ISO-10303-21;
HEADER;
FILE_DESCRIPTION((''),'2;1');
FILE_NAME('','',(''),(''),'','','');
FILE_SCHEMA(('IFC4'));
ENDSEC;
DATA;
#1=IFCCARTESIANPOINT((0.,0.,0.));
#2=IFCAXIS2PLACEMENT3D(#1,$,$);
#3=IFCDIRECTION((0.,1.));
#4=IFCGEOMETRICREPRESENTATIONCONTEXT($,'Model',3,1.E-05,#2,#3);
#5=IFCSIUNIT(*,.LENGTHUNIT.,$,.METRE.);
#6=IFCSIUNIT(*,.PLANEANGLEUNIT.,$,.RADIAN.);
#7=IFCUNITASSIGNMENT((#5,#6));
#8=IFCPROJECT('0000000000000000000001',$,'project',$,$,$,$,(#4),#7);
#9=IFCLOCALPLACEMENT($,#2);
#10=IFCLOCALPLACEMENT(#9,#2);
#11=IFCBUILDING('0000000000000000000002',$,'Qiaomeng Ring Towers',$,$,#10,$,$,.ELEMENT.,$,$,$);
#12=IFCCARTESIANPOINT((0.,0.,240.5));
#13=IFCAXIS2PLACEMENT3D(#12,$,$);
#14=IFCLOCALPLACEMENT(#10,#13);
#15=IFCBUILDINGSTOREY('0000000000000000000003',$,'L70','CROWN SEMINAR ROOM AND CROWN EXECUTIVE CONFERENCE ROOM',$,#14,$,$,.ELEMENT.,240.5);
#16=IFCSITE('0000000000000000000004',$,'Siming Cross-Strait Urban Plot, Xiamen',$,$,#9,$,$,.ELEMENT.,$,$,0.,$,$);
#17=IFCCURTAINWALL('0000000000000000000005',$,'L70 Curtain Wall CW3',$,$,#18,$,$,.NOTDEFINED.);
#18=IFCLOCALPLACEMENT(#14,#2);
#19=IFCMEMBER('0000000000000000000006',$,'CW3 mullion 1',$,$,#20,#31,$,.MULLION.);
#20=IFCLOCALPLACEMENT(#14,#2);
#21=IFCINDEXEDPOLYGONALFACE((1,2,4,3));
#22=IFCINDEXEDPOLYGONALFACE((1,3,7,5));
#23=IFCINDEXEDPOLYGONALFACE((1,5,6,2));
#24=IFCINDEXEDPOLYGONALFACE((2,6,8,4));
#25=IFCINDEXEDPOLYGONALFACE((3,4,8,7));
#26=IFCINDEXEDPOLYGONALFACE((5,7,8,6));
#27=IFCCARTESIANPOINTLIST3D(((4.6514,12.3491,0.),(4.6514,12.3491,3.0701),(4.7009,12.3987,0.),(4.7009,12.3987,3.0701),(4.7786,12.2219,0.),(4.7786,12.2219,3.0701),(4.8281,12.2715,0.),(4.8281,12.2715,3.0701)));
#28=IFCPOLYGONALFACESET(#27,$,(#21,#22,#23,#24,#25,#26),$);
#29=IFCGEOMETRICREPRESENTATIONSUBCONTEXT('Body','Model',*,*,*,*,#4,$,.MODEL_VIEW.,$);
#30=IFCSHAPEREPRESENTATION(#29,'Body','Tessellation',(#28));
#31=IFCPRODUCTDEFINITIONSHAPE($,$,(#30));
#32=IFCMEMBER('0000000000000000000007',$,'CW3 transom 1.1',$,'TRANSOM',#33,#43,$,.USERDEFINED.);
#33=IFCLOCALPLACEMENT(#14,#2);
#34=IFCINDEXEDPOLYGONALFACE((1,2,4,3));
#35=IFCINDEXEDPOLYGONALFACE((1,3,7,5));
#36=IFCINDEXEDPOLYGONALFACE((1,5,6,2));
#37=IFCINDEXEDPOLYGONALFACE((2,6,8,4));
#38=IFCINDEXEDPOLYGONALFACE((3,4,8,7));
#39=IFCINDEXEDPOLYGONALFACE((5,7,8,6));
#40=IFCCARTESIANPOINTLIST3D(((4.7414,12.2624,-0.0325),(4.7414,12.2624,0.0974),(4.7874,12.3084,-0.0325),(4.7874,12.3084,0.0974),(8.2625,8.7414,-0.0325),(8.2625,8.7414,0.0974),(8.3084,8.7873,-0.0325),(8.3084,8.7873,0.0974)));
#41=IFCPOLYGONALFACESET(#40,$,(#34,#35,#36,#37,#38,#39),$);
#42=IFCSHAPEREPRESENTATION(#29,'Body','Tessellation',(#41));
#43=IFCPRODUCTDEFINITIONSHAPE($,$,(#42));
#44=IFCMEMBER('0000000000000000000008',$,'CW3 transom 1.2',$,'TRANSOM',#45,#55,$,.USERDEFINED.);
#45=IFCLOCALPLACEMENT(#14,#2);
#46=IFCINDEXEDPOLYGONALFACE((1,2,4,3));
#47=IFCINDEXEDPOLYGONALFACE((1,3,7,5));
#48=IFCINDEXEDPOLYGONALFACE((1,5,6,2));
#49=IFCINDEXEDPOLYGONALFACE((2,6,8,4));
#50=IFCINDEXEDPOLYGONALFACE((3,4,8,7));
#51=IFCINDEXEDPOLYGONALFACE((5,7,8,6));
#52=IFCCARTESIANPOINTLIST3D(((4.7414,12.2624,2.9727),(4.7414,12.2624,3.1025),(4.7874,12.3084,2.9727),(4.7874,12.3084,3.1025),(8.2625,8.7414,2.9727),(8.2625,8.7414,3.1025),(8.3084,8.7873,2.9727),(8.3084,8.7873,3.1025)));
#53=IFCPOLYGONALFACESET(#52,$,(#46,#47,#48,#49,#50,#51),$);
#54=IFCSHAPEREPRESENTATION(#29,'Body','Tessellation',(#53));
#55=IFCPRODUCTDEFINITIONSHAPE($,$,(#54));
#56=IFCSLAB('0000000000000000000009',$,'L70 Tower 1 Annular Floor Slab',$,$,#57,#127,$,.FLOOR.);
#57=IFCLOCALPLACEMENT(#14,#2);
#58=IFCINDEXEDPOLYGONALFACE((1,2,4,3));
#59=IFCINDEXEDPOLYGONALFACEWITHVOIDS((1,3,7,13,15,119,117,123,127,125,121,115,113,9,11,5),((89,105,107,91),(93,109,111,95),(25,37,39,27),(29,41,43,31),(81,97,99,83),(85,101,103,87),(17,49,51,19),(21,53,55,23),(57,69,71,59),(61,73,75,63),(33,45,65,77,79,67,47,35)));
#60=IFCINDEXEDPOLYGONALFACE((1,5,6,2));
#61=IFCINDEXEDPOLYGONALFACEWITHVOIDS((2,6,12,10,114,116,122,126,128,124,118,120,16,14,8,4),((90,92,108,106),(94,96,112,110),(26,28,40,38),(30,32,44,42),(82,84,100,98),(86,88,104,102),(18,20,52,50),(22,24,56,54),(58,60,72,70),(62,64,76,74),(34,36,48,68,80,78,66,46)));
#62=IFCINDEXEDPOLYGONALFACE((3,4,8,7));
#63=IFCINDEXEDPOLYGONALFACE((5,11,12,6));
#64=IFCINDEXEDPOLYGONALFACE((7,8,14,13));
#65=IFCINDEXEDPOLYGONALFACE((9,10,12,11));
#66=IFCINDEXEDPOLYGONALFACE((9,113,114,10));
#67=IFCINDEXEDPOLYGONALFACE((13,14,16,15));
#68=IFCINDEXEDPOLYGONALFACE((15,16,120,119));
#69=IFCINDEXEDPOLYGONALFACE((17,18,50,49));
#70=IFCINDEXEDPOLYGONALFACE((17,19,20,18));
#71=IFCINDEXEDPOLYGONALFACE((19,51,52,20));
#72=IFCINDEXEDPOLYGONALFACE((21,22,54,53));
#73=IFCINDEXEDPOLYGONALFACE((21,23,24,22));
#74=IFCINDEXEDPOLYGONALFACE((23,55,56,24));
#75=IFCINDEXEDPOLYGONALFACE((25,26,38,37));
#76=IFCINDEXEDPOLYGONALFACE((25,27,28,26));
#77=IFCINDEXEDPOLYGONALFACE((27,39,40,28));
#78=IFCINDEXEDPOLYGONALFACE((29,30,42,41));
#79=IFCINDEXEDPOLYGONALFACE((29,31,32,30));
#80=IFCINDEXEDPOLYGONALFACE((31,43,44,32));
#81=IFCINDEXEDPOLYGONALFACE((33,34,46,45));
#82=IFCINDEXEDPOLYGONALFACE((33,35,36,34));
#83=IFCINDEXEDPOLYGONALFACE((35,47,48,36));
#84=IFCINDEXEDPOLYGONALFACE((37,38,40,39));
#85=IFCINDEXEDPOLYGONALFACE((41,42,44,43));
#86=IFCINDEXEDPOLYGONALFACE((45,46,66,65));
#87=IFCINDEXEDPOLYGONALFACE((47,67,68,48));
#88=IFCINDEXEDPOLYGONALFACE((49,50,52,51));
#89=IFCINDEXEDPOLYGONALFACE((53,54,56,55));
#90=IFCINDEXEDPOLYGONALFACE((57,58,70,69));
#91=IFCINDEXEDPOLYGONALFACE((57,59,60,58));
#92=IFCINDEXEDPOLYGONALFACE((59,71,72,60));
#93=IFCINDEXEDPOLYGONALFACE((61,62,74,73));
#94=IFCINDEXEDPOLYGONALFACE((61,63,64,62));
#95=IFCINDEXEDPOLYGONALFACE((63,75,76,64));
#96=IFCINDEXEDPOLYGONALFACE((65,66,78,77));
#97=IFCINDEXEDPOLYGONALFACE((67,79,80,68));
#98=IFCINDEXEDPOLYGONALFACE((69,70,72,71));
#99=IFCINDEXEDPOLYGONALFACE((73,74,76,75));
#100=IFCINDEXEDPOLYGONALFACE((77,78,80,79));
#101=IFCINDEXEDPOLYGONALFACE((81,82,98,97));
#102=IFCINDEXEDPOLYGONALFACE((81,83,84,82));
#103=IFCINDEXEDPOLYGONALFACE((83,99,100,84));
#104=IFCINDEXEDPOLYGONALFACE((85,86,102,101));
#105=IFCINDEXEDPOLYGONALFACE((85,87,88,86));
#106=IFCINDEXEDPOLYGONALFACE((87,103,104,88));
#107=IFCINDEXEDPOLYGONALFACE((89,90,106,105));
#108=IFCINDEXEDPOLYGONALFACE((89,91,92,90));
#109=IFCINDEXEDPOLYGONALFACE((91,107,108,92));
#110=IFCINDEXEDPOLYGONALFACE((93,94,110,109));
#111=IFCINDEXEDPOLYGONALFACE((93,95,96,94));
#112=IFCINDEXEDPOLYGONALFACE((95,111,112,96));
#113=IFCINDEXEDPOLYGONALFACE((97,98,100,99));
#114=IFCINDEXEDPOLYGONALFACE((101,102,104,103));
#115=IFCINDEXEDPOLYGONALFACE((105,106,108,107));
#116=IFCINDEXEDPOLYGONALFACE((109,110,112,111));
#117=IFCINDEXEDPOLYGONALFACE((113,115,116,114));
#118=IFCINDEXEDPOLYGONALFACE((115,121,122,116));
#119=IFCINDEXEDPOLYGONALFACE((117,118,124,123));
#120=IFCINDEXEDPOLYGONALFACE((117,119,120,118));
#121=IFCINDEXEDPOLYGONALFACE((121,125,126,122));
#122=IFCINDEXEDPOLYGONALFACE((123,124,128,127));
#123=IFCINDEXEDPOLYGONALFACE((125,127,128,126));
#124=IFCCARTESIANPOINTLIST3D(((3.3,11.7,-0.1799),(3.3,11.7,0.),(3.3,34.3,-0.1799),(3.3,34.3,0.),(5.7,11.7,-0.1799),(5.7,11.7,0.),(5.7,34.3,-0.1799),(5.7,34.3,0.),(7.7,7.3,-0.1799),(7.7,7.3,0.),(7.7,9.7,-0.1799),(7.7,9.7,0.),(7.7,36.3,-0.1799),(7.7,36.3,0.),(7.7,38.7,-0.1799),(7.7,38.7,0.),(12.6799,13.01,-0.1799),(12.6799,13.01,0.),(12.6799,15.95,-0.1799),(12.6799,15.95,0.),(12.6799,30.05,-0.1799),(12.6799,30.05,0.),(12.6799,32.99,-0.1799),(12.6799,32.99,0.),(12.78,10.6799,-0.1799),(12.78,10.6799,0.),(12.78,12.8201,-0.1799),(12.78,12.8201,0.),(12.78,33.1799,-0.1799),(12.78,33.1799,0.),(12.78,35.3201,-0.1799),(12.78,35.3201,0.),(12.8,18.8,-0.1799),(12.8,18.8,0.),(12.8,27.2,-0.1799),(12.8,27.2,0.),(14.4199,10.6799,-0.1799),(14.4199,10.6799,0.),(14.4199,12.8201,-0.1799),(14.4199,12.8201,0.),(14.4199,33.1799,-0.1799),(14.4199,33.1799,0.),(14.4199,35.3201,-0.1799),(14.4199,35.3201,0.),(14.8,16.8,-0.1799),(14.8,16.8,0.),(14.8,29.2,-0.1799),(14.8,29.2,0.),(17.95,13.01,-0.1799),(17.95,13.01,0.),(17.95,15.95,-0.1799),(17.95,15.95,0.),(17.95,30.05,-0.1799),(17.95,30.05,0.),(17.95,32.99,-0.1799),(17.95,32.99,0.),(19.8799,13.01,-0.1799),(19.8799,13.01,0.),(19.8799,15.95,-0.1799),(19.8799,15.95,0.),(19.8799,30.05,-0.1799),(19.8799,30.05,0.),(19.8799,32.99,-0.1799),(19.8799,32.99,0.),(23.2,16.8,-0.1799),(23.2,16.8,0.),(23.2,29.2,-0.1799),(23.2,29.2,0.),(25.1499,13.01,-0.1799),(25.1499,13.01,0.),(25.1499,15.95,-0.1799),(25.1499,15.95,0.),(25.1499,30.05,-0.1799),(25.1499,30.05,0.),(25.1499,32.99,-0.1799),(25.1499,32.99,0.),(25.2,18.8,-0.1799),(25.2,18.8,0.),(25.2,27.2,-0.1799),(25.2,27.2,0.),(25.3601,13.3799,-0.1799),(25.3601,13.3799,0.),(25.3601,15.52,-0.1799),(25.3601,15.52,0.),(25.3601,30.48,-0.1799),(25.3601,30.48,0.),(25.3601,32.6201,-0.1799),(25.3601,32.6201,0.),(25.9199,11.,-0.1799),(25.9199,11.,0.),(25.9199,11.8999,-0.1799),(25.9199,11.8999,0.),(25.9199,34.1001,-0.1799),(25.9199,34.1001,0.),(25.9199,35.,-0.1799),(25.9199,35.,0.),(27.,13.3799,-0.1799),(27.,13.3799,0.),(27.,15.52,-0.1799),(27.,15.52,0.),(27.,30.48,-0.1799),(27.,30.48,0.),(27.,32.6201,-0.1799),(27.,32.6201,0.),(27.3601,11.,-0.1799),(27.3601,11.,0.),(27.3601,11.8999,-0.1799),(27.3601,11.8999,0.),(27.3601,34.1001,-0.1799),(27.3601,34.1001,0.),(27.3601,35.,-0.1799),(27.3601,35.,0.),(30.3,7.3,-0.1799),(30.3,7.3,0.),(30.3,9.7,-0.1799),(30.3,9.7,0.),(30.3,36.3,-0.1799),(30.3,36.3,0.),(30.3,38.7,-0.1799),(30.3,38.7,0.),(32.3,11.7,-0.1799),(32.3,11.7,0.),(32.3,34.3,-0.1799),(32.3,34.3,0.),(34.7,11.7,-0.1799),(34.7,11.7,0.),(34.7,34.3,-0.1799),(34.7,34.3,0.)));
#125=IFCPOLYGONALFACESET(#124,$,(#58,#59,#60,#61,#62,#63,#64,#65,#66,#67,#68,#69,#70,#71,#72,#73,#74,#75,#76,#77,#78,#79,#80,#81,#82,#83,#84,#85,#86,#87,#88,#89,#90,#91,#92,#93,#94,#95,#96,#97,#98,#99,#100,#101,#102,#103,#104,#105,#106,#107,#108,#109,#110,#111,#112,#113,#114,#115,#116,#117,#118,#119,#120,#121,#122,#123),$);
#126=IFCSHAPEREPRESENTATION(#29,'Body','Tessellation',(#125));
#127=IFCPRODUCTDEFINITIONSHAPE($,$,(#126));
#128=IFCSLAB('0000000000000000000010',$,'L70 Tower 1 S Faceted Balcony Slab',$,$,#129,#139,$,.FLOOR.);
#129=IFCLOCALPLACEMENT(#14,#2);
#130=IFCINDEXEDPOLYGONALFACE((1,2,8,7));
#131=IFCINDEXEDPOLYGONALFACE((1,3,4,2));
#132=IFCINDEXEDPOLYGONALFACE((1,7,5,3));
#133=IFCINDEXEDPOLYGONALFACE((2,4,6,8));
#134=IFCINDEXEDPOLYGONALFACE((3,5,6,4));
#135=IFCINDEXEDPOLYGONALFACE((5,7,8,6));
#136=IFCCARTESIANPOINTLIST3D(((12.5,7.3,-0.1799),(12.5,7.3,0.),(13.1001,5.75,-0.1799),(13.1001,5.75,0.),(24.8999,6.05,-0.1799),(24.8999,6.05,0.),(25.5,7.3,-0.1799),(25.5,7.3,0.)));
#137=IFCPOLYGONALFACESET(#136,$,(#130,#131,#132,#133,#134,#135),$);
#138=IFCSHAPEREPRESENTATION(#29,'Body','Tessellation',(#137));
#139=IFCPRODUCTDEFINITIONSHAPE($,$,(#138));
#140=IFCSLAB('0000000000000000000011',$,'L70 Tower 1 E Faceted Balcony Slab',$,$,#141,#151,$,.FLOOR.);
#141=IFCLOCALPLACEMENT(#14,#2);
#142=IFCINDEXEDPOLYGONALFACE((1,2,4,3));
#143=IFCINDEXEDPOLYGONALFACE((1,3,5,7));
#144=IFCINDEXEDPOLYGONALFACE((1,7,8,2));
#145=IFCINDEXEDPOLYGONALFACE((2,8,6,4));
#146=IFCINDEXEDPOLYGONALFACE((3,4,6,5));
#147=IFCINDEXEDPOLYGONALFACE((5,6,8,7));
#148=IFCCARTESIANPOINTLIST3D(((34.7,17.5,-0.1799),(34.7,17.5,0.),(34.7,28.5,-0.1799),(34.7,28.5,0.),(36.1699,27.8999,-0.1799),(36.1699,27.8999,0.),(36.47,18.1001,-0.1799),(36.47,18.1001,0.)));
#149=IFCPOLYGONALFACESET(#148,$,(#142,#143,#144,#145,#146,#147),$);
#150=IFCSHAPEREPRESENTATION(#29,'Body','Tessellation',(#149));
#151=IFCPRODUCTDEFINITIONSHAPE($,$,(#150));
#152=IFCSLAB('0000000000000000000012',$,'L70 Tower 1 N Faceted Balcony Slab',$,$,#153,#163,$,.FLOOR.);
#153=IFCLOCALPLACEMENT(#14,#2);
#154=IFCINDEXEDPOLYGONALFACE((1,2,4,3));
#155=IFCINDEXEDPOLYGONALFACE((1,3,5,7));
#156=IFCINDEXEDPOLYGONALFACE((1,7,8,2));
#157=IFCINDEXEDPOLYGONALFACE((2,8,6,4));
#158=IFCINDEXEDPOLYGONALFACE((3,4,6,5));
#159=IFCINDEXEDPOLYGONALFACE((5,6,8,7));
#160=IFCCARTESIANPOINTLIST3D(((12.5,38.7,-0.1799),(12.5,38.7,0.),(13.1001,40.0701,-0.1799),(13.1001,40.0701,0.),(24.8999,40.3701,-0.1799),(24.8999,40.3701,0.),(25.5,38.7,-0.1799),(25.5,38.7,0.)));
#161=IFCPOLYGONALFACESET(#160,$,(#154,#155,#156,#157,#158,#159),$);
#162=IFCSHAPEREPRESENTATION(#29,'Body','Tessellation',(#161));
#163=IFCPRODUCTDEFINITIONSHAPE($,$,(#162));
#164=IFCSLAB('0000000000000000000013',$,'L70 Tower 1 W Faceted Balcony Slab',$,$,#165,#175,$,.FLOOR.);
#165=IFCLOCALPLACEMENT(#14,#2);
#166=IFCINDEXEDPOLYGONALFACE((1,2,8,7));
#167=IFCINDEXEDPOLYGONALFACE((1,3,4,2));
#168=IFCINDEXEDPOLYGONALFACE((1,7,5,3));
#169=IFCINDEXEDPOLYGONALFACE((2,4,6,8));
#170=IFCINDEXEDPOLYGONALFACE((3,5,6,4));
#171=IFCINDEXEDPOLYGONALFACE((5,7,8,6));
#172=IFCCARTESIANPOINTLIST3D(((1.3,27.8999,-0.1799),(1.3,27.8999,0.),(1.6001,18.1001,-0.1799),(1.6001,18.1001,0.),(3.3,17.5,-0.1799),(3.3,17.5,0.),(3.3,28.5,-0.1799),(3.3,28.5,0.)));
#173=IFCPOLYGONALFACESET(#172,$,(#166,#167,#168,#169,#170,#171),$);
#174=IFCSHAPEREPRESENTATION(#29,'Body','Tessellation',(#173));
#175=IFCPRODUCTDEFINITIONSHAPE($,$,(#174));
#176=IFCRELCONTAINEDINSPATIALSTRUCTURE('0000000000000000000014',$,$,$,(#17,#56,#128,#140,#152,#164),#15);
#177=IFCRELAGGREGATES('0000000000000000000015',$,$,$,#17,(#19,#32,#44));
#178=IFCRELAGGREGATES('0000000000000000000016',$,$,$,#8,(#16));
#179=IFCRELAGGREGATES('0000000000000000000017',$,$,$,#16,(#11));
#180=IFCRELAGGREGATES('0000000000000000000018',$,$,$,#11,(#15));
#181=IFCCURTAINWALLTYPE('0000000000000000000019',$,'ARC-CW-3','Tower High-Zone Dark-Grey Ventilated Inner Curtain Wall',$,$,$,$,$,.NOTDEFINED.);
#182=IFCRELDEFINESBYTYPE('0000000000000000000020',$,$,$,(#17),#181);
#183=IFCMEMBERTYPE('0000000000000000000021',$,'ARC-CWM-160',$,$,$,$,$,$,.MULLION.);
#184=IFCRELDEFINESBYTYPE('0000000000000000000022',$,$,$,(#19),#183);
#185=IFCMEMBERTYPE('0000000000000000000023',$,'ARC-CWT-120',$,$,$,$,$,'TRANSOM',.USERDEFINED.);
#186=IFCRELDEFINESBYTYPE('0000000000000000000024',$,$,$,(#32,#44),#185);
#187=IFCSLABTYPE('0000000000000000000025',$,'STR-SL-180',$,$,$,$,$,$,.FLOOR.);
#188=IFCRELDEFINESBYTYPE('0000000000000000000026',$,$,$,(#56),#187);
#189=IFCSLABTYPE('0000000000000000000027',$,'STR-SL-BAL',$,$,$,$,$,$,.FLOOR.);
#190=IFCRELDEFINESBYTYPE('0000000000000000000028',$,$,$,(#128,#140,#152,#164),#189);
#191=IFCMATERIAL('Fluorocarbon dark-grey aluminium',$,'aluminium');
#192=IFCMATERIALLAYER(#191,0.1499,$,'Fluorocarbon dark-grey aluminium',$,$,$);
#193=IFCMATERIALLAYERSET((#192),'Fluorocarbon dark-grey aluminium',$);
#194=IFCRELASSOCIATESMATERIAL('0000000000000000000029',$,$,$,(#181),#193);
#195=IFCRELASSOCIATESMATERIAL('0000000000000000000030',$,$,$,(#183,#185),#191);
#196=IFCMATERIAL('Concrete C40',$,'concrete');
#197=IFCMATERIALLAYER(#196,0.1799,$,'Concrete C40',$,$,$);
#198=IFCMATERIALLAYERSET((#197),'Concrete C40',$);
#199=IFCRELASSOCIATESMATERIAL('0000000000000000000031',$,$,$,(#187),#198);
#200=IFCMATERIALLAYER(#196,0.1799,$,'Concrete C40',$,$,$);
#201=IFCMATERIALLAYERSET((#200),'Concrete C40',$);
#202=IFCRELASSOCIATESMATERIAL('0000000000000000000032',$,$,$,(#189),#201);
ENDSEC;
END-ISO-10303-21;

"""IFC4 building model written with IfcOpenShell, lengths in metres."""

from ifc_helpers import new_model, si_unit, direction, frame, origin, origin_2d, place, context, subcontext, project, spatial, polyline, rectangle, outline, extrude, source, transform, mapped, material, layer, layer_set, material_profile, profile_set, type_object, element, aggregate, save


model = new_model("IFC4")

# Units and contexts
model_context = context("Model", 3, precision=1e-05, world=origin(), true_north=direction((0.0, 1.0)))
body_context = subcontext(model_context, "Body", "Model", "MODEL_VIEW")
ifc_project = project(units=[si_unit("LENGTHUNIT", "METRE"), si_unit("PLANEANGLEUNIT", "RADIAN")], contexts=[model_context])

# Site, building, storey
site_placement = place(None, origin())
site = spatial("IfcSite", under=ifc_project, at=site_placement, Name="Siming Cross-Strait Urban Plot, Xiamen", CompositionType="ELEMENT", RefElevation=0.0)
building_placement = place(site_placement, origin())
building = spatial("IfcBuilding", under=site, at=building_placement, Name="Qiaomeng Ring Towers", CompositionType="ELEMENT")
storey_placement = place(building_placement, frame((0.0, 0.0, 240.5)))
storey = spatial("IfcBuildingStorey", under=building, at=storey_placement, Name="L70", Description="CROWN SEMINAR ROOM AND CROWN EXECUTIVE CONFERENCE ROOM", CompositionType="ELEMENT", Elevation=240.5)

# Curtain wall, members
ifc_material_1 = material(Name="Fluorocarbon dark-grey aluminium", Category="aluminium")
ifc_layer_1 = layer(ifc_material_1, 0.1499, Name="Fluorocarbon dark-grey aluminium")
ifc_layer_set_1 = layer_set([ifc_layer_1], Name="Fluorocarbon dark-grey aluminium")
curtain_wall_type = type_object("IfcCurtainWallType", Name="ARC-CW-3", Description="Tower High-Zone Dark-Grey Ventilated Inner Curtain Wall", PredefinedType="NOTDEFINED", material=ifc_layer_set_1)
curtain_wall_placement = place(storey_placement, origin())
curtain_wall = element("IfcCurtainWall", 1, at=curtain_wall_placement, inside=storey, type_object=curtain_wall_type, Name="L70 Curtain Wall CW3", PredefinedType="NOTDEFINED")
ifc_material_profile_1 = material_profile(ifc_material_1, rectangle(XDim=0.0701, YDim=0.1799, at=origin_2d()), Name="ALU MULL 70x180")
ifc_profile_set_1 = profile_set([ifc_material_profile_1], Name="Fluorocarbon dark-grey aluminium")
member_type_1 = type_object("IfcMemberType", Name="ARC-CWM-160", PredefinedType="MULLION", material=ifc_profile_set_1)
shared_shape_1 = source(origin(), body_context, "Body", "SweptSolid", [
    extrude(rectangle(XDim=0.0701, YDim=0.1799, at=origin_2d()), origin(), (0.0, 0.0, 1.0), 3.0701),
])
member_1_placement = place(storey_placement, frame((4.7397, 12.3103, 0.0), z_axis=(0.0, 0.0, 1.0), x_axis=(0.707107, 0.707107, 0.0)))
member_1 = element("IfcMember", 2, at=member_1_placement, type_object=member_type_1, Name="CW3 mullion 1", PredefinedType="MULLION", context=body_context, shape_type="MappedRepresentation", body=[
    mapped(shared_shape_1, transform((0.0, 0.0, 0.0), x_axis=(1.0, 0.0, 0.0), y_axis=(0.0, 1.0, 0.0), z_axis=(0.0, 0.0, 1.0), scale=1.0)),
])
ifc_material_profile_2 = material_profile(ifc_material_1, rectangle(XDim=0.0649, YDim=0.1299, at=origin_2d()), Name="ALU TRAN 65x130")
ifc_profile_set_2 = profile_set([ifc_material_profile_2], Name="Fluorocarbon dark-grey aluminium")
member_type_2 = type_object("IfcMemberType", Name="ARC-CWT-120", ElementType="TRANSOM", PredefinedType="USERDEFINED", material=ifc_profile_set_2)
shared_shape_2 = source(origin(), body_context, "Body", "SweptSolid", [
    extrude(rectangle(XDim=0.0649, YDim=0.1299, at=origin_2d()), origin(), (0.0, 0.0, 1.0), 4.9795),
])
member_2_placement = place(storey_placement, frame((4.7644, 12.2854, 0.0325), z_axis=(0.707107, -0.707107, 0.0), x_axis=(0.707107, 0.707107, 0.0)))
member_2 = element("IfcMember", 3, at=member_2_placement, type_object=member_type_2, Name="CW3 transom 1.1", ObjectType="TRANSOM", PredefinedType="USERDEFINED", context=body_context, shape_type="MappedRepresentation", body=[
    mapped(shared_shape_2, transform((0.0, 0.0, 0.0), x_axis=(1.0, 0.0, 0.0), y_axis=(0.0, 1.0, 0.0), z_axis=(0.0, 0.0, 1.0), scale=1.0)),
])
member_3_placement = place(storey_placement, frame((4.7644, 12.2854, 3.0376), z_axis=(0.707107, -0.707107, 0.0), x_axis=(0.707107, 0.707107, 0.0)))
member_3 = element("IfcMember", 4, at=member_3_placement, type_object=member_type_2, Name="CW3 transom 1.2", ObjectType="TRANSOM", PredefinedType="USERDEFINED", context=body_context, shape_type="MappedRepresentation", body=[
    mapped(shared_shape_2, transform((0.0, 0.0, 0.0), x_axis=(1.0, 0.0, 0.0), y_axis=(0.0, 1.0, 0.0), z_axis=(0.0, 0.0, 1.0), scale=1.0)),
])
aggregate(curtain_wall, [member_1, member_2, member_3])

# Slabs
ifc_material_2 = material(Name="Concrete C40", Category="concrete")
ifc_layer_2 = layer(ifc_material_2, 0.1799, Name="Concrete C40")
ifc_layer_set_2 = layer_set([ifc_layer_2], Name="Concrete C40")
slab_type_1 = type_object("IfcSlabType", Name="STR-SL-180", PredefinedType="FLOOR", material=ifc_layer_set_2)
slab_1_placement = place(storey_placement, frame((0.0, 0.0, -0.1799)))
element("IfcSlab", 5, at=slab_1_placement, inside=storey, type_object=slab_type_1, Name="L70 Tower 1 Annular Floor Slab", PredefinedType="FLOOR", context=body_context, shape_type="SweptSolid", body=[
    extrude(outline(polyline([(7.7, 7.3), (30.3, 7.3), (30.3, 9.7), (32.3, 11.7), (34.7, 11.7), (34.7, 34.3), (32.3, 34.3), (30.3, 36.3), (30.3, 38.7), (7.7, 38.7), (7.7, 36.3), (5.7, 34.3), (3.3, 34.3), (3.3, 11.7), (5.7, 11.7), (7.7, 9.7), (7.7, 7.3)]), holes=[polyline([(12.78, 10.6799), (12.78, 12.8201), (14.4199, 12.8201), (14.4199, 10.6799), (12.78, 10.6799)]), polyline([(12.6799, 13.01), (12.6799, 15.95), (17.95, 15.95), (17.95, 13.01), (12.6799, 13.01)]), polyline([(23.2, 29.2), (25.2, 27.2), (25.2, 18.8), (23.2, 16.8), (14.8, 16.8), (12.8, 18.8), (12.8, 27.2), (14.8, 29.2), (23.2, 29.2)]), polyline([(12.6799, 32.99), (17.95, 32.99), (17.95, 30.05), (12.6799, 30.05), (12.6799, 32.99)]), polyline([(19.8799, 32.99), (25.1499, 32.99), (25.1499, 30.05), (19.8799, 30.05), (19.8799, 32.99)]), polyline([(12.78, 33.1799), (12.78, 35.3201), (14.4199, 35.3201), (14.4199, 33.1799), (12.78, 33.1799)]), polyline([(25.9199, 11.8999), (27.3601, 11.8999), (27.3601, 11.0), (25.9199, 11.0), (25.9199, 11.8999)]), polyline([(25.3601, 15.52), (27.0, 15.52), (27.0, 13.3799), (25.3601, 13.3799), (25.3601, 15.52)]), polyline([(19.8799, 13.01), (19.8799, 15.95), (25.1499, 15.95), (25.1499, 13.01), (19.8799, 13.01)]), polyline([(25.3601, 32.6201), (27.0, 32.6201), (27.0, 30.48), (25.3601, 30.48), (25.3601, 32.6201)]), polyline([(25.9199, 35.0), (27.3601, 35.0), (27.3601, 34.1001), (25.9199, 34.1001), (25.9199, 35.0)])]), origin(), (0.0, 0.0, 1.0), 0.1799),
])
ifc_layer_3 = layer(ifc_material_2, 0.1799, Name="Concrete C40")
ifc_layer_set_3 = layer_set([ifc_layer_3], Name="Concrete C40")
slab_type_2 = type_object("IfcSlabType", Name="STR-SL-BAL", PredefinedType="FLOOR", material=ifc_layer_set_3)
slab_2_placement = place(storey_placement, frame((0.0, 0.0, -0.1799)))
element("IfcSlab", 6, at=slab_2_placement, inside=storey, type_object=slab_type_2, Name="L70 Tower 1 S Faceted Balcony Slab", PredefinedType="FLOOR", context=body_context, shape_type="SweptSolid", body=[
    extrude(outline(polyline([(24.8999, 6.05), (13.1001, 5.75), (12.5, 7.3), (25.5, 7.3), (24.8999, 6.05)])), origin(), (0.0, 0.0, 1.0), 0.1799),
])
slab_3_placement = place(storey_placement, frame((0.0, 0.0, -0.1799)))
element("IfcSlab", 7, at=slab_3_placement, inside=storey, type_object=slab_type_2, Name="L70 Tower 1 E Faceted Balcony Slab", PredefinedType="FLOOR", context=body_context, shape_type="SweptSolid", body=[
    extrude(outline(polyline([(36.1699, 27.8999), (36.47, 18.1001), (34.7, 17.5), (34.7, 28.5), (36.1699, 27.8999)])), origin(), (0.0, 0.0, 1.0), 0.1799),
])
slab_4_placement = place(storey_placement, frame((0.0, 0.0, -0.1799)))
element("IfcSlab", 8, at=slab_4_placement, inside=storey, type_object=slab_type_2, Name="L70 Tower 1 N Faceted Balcony Slab", PredefinedType="FLOOR", context=body_context, shape_type="SweptSolid", body=[
    extrude(outline(polyline([(12.5, 38.7), (13.1001, 40.0701), (24.8999, 40.3701), (25.5, 38.7), (12.5, 38.7)])), origin(), (0.0, 0.0, 1.0), 0.1799),
])
slab_5_placement = place(storey_placement, frame((0.0, 0.0, -0.1799)))
element("IfcSlab", 9, at=slab_5_placement, inside=storey, type_object=slab_type_2, Name="L70 Tower 1 W Faceted Balcony Slab", PredefinedType="FLOOR", context=body_context, shape_type="SweptSolid", body=[
    extrude(outline(polyline([(1.6001, 18.1001), (1.3, 27.8999), (3.3, 28.5), (3.3, 17.5), (1.6001, 18.1001)])), origin(), (0.0, 0.0, 1.0), 0.1799),
])

save(model, "model.ifc")
